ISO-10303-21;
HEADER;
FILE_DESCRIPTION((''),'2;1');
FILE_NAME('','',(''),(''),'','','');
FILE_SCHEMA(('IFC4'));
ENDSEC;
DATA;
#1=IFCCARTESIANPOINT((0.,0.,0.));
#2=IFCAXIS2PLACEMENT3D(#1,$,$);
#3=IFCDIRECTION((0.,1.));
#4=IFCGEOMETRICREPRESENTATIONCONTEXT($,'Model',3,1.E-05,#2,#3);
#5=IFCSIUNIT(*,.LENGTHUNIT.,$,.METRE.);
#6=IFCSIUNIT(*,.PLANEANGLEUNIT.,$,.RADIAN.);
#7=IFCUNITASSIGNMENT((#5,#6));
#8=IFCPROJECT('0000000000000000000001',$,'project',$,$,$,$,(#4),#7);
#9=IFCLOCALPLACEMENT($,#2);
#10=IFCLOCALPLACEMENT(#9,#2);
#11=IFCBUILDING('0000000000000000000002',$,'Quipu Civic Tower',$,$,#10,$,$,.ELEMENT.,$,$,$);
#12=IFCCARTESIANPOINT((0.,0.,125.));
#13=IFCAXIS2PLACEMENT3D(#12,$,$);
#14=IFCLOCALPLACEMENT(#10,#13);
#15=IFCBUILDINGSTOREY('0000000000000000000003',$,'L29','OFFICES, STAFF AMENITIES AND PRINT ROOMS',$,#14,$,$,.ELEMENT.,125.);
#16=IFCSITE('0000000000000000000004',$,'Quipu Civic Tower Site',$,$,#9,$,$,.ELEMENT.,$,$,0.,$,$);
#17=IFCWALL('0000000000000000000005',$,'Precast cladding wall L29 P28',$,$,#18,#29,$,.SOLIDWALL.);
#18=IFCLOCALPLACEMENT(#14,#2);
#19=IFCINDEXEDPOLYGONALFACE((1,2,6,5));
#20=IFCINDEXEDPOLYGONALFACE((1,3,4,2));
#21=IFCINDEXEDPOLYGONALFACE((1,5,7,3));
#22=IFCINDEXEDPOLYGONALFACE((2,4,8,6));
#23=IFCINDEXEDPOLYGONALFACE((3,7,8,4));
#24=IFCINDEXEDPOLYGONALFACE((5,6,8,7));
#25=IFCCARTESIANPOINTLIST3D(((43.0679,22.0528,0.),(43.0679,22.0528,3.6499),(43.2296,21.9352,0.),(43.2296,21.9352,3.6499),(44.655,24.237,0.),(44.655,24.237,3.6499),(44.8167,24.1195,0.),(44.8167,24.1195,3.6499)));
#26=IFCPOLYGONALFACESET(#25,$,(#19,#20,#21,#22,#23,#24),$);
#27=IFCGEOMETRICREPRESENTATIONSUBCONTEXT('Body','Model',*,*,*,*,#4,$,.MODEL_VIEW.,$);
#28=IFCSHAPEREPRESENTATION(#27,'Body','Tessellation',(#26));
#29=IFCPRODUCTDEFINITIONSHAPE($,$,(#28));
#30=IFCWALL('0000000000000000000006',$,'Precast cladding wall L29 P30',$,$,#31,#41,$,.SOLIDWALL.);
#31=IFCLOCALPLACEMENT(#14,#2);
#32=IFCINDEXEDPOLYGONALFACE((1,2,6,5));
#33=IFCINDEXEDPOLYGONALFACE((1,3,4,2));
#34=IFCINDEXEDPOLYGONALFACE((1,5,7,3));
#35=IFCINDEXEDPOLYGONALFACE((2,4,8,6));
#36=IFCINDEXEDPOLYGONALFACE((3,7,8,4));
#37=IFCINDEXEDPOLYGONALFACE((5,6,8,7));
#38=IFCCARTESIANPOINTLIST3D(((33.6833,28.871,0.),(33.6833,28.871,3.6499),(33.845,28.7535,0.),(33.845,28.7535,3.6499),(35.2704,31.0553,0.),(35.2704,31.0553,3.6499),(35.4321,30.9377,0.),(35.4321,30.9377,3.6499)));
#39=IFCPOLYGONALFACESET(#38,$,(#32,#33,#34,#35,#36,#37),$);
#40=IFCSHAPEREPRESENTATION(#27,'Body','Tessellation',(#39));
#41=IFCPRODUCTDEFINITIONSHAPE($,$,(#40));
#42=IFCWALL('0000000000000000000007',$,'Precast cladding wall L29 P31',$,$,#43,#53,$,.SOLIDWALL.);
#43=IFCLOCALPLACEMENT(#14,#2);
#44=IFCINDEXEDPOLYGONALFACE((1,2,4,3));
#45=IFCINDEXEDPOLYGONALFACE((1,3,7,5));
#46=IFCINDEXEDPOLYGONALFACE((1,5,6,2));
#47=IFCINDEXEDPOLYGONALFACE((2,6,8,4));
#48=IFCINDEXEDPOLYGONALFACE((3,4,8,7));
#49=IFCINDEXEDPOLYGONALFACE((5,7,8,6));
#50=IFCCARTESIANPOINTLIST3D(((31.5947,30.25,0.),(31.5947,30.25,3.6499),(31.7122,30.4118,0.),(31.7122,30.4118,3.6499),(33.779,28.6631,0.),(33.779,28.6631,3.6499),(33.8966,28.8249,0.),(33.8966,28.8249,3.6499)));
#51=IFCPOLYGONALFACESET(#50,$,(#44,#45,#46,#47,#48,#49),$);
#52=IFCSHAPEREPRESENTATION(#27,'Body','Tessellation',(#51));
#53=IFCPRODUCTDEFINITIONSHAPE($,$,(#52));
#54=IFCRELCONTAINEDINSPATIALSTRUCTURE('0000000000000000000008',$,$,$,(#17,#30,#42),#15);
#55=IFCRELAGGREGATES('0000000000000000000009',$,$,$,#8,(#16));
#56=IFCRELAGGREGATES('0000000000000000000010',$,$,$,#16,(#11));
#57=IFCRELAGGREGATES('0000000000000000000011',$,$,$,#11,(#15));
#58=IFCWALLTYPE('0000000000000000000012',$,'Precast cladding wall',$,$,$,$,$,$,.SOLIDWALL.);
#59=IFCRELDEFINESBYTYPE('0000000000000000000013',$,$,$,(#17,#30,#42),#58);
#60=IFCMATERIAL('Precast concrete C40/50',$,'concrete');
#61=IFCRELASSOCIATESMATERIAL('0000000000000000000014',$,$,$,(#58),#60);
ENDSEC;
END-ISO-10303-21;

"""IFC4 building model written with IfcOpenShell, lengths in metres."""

from ifc_helpers import new_model, si_unit, direction, frame, frame_2d, origin, place, context, subcontext, project, spatial, rectangle, extrude, material, type_object, element, save


model = new_model("IFC4")

# Units and contexts
model_context = context("Model", 3, precision=1e-05, world=origin(), true_north=direction((0.0, 1.0)))
body_context = subcontext(model_context, "Body", "Model", "MODEL_VIEW")
ifc_project = project(units=[si_unit("LENGTHUNIT", "METRE"), si_unit("PLANEANGLEUNIT", "RADIAN")], contexts=[model_context])

# Site, building, storey
site_placement = place(None, origin())
site = spatial("IfcSite", under=ifc_project, at=site_placement, Name="Quipu Civic Tower Site", CompositionType="ELEMENT", RefElevation=0.0)
building_placement = place(site_placement, origin())
building = spatial("IfcBuilding", under=site, at=building_placement, Name="Quipu Civic Tower", CompositionType="ELEMENT")
storey_placement = place(building_placement, frame((0.0, 0.0, 125.0)))
storey = spatial("IfcBuildingStorey", under=building, at=storey_placement, Name="L29", Description="OFFICES, STAFF AMENITIES AND PRINT ROOMS", CompositionType="ELEMENT", Elevation=125.0)

# Walls
ifc_material_1 = material(Name="Precast concrete C40/50", Category="concrete")
wall_type_1 = type_object("IfcWallType", Name="Precast cladding wall", PredefinedType="SOLIDWALL", material=ifc_material_1)
for number, where, z_axis, x_axis, name in (
    (1, (43.1487, 21.9939, 0.0), (0.0, 0.0, 1.0), (0.587822, 0.80899, 0.0), "Precast cladding wall L29 P28"),
    (2, (35.3513, 30.9966, 0.0), (0.0, 0.0, 1.0), (-0.587822, -0.80899, 0.0), "Precast cladding wall L29 P30"),
    (3, (33.8379, 28.7439, 0.0), (0.0, 0.0, 1.0), (-0.809033, 0.587763, 0.0), "Precast cladding wall L29 P31"),
):
    element("IfcWall", number, at=place(storey_placement, frame(where, z_axis=z_axis, x_axis=x_axis)), inside=storey, type_object=wall_type_1, Name=name, PredefinedType="SOLIDWALL", context=body_context, shape_type="SweptSolid", body=[
        extrude(rectangle(XDim=2.7, YDim=0.2, at=frame_2d((1.3501, 0.0))), origin(), (0.0, 0.0, 1.0), 3.6499),
    ])

save(model, "model.ifc")
